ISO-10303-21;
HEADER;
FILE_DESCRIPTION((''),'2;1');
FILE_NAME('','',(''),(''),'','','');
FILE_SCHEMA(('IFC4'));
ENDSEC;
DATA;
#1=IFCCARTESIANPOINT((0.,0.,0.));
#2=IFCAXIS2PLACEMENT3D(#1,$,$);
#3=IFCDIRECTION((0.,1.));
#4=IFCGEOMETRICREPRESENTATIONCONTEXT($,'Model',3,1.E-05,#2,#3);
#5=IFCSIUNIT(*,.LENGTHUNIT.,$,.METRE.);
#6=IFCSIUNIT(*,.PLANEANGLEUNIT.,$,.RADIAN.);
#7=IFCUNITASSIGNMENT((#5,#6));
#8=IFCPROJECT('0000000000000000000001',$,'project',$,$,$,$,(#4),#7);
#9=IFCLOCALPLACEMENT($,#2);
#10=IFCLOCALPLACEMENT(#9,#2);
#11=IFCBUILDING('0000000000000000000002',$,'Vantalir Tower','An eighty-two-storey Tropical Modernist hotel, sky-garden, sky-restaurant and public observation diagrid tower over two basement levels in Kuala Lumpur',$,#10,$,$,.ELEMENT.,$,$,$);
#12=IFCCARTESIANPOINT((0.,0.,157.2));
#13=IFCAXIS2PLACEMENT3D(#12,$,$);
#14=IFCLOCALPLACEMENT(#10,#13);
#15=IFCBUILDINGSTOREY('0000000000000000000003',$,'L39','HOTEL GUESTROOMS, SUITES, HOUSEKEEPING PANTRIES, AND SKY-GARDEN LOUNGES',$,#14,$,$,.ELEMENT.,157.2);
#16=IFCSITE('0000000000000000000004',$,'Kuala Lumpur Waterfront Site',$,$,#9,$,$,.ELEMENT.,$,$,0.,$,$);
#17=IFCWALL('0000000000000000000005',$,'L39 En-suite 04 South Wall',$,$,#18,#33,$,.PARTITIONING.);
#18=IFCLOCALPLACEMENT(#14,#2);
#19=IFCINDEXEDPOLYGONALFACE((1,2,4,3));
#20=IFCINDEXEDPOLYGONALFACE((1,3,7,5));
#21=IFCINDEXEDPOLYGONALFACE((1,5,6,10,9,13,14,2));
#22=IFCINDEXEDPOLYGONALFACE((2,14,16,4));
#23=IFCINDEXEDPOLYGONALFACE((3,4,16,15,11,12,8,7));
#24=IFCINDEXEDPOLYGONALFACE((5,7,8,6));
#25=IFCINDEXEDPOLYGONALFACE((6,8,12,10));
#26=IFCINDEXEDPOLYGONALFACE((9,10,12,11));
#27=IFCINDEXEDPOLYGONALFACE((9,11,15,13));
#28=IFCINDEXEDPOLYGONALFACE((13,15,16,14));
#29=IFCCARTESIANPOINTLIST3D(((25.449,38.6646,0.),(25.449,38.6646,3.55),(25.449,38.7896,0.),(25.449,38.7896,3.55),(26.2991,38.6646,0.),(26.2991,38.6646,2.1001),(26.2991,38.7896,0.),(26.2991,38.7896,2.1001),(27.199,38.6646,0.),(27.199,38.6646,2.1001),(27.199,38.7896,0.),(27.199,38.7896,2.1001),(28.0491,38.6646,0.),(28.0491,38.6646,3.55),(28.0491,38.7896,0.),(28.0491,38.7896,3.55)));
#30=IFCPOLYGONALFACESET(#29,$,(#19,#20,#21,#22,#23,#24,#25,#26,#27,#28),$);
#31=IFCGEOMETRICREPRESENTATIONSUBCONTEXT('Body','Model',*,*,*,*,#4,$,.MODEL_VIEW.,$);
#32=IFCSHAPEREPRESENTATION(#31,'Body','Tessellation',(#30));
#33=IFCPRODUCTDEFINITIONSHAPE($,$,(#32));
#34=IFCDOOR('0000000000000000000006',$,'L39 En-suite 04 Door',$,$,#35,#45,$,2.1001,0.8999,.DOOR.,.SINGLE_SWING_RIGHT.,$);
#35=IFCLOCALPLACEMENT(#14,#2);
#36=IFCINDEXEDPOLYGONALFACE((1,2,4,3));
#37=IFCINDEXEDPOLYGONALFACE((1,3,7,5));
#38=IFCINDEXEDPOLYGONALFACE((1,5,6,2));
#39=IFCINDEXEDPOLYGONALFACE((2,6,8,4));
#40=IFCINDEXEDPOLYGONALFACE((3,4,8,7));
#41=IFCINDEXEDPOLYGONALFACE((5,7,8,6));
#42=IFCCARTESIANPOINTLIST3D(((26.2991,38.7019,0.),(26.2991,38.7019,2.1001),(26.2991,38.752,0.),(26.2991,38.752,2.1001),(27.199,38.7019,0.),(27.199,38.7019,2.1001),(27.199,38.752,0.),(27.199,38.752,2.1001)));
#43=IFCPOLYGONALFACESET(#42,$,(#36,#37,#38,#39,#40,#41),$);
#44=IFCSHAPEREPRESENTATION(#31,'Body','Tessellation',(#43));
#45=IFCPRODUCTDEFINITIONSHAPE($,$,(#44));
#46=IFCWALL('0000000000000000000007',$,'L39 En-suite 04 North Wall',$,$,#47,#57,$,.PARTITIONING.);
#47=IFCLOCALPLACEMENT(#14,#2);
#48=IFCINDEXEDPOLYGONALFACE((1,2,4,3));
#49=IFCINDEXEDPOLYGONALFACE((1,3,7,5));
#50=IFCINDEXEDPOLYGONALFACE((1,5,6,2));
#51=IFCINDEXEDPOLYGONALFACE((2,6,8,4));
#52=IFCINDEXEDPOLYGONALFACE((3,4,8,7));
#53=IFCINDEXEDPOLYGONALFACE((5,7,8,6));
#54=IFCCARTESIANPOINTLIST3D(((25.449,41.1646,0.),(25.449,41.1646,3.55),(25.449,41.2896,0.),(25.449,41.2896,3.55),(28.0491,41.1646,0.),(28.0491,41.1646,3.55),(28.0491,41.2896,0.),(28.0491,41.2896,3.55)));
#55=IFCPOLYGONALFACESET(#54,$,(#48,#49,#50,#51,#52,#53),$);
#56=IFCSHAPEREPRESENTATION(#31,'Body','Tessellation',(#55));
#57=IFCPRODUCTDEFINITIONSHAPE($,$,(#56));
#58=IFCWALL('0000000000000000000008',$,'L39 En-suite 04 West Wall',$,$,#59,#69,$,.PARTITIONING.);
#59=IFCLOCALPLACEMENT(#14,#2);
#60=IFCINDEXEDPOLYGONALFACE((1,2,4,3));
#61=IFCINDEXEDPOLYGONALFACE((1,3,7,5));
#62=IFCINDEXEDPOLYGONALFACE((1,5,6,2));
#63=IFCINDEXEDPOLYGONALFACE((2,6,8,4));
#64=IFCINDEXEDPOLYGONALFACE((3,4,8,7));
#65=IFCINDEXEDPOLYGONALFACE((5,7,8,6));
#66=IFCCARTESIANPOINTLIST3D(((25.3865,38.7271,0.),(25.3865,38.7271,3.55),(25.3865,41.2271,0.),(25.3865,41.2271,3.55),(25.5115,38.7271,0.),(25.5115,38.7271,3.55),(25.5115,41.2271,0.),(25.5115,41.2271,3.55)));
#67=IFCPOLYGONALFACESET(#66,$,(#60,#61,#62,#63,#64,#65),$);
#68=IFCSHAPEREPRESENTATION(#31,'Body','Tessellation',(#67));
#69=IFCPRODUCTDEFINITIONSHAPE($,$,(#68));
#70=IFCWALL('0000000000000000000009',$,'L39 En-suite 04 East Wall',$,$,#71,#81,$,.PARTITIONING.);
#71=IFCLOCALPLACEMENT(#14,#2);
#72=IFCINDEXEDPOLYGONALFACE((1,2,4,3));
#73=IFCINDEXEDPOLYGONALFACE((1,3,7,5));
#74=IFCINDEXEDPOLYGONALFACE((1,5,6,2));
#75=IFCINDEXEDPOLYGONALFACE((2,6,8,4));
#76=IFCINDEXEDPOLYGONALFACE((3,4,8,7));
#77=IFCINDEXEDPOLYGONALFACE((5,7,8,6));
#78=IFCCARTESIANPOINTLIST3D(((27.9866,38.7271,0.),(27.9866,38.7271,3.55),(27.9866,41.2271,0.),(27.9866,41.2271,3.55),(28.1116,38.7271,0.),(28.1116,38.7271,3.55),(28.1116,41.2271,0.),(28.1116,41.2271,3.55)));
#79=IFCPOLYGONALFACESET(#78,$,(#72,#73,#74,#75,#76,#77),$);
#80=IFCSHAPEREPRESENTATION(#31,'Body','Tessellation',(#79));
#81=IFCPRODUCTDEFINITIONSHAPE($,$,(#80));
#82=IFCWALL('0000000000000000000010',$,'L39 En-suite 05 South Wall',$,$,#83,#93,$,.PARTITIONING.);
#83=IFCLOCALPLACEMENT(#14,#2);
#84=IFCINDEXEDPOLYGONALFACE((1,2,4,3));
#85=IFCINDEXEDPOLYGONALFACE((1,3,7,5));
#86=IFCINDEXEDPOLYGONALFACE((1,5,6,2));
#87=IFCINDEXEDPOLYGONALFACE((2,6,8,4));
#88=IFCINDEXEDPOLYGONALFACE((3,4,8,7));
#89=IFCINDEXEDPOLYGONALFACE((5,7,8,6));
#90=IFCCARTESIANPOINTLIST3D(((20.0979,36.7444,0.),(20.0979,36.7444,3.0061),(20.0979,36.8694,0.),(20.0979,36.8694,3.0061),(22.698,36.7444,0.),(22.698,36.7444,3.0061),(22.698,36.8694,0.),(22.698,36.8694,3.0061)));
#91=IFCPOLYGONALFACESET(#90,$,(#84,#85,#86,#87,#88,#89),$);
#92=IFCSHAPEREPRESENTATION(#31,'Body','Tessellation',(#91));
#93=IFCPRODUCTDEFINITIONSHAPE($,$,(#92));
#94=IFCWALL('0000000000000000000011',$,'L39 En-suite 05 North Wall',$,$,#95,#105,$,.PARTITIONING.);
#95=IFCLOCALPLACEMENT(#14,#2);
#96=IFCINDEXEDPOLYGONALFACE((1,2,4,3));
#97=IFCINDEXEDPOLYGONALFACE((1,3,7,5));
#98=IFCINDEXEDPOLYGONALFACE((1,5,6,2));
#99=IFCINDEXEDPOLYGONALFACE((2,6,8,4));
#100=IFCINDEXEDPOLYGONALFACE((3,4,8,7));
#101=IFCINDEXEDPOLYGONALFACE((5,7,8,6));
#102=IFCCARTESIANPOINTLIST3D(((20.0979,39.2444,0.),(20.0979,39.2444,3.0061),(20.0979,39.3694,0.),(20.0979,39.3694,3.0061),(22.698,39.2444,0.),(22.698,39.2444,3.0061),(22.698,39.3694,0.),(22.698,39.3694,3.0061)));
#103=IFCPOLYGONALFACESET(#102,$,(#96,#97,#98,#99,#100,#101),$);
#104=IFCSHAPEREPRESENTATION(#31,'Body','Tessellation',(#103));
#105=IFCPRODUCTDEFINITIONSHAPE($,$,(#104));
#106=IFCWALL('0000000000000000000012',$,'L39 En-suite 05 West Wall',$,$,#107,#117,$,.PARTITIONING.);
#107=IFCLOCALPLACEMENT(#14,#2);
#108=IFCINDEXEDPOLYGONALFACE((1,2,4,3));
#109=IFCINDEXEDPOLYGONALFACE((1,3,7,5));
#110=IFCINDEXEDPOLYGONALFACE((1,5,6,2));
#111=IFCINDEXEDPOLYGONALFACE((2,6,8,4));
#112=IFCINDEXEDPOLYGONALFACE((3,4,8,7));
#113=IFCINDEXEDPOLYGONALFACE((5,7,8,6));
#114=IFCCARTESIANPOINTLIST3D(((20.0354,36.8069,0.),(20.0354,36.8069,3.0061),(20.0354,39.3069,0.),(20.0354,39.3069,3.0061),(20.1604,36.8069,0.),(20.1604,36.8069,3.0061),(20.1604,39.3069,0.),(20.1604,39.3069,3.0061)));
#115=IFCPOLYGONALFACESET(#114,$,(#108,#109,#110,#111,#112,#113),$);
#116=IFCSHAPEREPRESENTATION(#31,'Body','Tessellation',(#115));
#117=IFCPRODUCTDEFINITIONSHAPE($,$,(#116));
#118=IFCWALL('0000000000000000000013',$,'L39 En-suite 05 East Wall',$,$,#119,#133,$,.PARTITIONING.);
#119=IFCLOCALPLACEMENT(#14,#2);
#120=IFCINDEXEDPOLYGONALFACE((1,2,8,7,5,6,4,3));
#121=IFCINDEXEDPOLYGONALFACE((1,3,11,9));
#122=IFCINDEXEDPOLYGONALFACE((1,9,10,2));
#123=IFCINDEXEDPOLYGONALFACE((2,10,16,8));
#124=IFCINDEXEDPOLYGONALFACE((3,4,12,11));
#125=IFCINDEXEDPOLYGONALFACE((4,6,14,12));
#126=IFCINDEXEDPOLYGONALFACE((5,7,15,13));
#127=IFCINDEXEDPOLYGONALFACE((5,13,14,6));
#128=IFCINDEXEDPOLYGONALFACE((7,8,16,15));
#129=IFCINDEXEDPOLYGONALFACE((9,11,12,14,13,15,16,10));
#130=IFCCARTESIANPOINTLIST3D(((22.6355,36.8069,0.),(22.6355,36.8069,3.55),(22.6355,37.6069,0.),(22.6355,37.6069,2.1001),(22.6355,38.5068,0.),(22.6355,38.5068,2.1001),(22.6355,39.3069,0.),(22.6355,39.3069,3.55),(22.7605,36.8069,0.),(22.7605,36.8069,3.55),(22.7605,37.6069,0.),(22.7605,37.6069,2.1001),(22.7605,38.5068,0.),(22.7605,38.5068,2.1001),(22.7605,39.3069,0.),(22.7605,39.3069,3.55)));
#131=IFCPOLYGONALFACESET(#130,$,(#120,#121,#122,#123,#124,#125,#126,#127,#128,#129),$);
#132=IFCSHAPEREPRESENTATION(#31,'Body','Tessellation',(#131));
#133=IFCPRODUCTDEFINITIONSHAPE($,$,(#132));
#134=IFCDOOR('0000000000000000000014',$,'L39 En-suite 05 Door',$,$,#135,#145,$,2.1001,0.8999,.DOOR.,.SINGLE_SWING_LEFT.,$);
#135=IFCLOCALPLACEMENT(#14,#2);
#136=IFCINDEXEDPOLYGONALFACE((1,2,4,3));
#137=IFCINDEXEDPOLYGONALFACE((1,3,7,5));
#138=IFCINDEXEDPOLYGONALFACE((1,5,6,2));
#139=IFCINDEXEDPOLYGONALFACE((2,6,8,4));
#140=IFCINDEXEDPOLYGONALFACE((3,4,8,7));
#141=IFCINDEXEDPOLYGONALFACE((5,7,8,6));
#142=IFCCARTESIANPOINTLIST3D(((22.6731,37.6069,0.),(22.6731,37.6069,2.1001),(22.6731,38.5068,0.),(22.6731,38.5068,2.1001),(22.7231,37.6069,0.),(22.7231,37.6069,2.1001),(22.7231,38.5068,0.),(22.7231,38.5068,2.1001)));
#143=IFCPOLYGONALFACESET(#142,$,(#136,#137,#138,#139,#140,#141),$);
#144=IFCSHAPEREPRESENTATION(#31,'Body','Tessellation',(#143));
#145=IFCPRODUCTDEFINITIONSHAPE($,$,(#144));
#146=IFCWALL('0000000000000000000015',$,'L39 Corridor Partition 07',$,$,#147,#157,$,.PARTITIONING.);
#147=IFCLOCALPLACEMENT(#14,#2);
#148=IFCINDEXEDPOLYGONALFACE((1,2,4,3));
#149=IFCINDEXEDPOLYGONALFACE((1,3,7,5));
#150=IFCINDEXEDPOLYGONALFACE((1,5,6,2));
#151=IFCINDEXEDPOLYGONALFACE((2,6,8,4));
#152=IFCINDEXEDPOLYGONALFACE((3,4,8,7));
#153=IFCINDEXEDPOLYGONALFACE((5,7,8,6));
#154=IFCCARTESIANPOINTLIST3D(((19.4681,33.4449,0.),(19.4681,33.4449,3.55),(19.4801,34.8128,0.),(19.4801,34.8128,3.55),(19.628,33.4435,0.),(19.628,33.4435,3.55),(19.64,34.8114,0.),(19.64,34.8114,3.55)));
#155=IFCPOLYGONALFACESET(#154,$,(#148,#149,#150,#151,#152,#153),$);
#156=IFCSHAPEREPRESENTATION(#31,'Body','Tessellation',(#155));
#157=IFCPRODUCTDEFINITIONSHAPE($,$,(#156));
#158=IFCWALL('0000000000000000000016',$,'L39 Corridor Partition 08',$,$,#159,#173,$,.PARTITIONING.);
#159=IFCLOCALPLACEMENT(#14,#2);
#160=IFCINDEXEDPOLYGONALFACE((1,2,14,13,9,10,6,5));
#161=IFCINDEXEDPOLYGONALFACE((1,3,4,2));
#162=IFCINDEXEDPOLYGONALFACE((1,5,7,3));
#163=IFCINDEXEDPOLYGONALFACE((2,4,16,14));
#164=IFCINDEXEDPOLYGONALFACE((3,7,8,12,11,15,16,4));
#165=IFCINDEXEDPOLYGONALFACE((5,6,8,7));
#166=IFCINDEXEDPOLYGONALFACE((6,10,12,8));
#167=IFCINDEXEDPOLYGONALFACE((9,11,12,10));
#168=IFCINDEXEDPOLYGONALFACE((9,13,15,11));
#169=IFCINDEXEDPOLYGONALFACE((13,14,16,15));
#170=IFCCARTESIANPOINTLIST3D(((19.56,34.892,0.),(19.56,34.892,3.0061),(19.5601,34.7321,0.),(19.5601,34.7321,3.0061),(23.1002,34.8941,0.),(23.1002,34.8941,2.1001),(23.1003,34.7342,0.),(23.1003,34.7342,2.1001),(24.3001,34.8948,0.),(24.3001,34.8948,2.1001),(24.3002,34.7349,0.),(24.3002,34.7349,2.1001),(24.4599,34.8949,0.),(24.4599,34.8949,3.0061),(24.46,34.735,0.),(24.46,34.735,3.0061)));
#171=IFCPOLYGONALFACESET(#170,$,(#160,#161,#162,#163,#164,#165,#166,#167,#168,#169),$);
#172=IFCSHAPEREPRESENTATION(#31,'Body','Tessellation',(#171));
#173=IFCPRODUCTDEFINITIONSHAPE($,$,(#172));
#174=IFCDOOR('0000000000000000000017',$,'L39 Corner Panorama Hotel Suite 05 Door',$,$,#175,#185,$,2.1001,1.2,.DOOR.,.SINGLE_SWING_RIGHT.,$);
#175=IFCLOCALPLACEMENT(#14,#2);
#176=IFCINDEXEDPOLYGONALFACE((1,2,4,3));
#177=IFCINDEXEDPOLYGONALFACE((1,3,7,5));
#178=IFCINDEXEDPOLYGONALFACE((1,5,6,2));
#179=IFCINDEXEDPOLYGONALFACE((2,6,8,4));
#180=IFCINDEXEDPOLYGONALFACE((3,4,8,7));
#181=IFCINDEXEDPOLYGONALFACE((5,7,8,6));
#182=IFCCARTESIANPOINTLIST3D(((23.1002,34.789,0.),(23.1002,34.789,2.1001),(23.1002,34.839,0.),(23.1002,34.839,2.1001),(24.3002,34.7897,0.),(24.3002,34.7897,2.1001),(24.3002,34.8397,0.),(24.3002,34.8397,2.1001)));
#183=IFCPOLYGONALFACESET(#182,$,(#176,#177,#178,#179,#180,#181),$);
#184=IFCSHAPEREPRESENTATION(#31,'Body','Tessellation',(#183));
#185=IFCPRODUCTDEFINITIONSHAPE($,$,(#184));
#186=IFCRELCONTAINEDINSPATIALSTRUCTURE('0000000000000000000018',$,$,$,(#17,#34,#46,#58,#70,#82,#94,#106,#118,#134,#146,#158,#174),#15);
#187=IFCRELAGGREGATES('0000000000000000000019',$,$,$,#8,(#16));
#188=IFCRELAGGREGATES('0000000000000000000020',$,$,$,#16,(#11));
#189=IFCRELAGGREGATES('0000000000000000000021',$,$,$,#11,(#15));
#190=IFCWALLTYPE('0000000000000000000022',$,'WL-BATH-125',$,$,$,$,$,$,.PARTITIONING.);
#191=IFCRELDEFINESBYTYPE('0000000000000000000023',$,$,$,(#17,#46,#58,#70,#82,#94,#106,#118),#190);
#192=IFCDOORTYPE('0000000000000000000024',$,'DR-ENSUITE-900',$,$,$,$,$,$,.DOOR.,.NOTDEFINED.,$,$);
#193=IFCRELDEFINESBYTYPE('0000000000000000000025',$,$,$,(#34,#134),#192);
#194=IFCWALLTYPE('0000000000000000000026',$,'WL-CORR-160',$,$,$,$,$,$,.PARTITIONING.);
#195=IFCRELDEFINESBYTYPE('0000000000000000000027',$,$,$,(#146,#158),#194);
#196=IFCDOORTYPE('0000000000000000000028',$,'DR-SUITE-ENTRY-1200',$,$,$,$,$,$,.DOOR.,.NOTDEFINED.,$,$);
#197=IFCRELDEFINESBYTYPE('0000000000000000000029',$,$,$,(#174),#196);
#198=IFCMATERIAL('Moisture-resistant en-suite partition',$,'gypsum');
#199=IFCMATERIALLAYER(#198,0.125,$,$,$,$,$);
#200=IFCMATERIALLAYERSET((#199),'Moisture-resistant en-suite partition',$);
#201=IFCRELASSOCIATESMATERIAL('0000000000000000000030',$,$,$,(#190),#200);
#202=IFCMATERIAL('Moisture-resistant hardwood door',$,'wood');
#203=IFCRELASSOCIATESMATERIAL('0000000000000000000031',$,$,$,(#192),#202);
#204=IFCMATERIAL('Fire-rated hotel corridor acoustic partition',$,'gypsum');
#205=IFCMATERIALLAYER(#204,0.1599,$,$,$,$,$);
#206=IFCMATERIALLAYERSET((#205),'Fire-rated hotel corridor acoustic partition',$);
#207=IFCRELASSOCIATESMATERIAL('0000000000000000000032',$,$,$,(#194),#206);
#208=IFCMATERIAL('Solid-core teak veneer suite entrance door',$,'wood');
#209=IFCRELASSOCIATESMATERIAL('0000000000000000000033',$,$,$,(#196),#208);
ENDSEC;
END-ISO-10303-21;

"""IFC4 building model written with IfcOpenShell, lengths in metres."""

from ifc_helpers import new_model, si_unit, direction, frame, frame_2d, origin, place, context, subcontext, project, spatial, rectangle, extrude, material, layer, layer_set, type_object, element, fill, save


model = new_model("IFC4")

# Units and contexts
model_context = context("Model", 3, precision=1e-05, world=origin(), true_north=direction((0.0, 1.0)))
body_context = subcontext(model_context, "Body", "Model", "MODEL_VIEW")
ifc_project = project(units=[si_unit("LENGTHUNIT", "METRE"), si_unit("PLANEANGLEUNIT", "RADIAN")], contexts=[model_context])

# Site, building, storey
site_placement = place(None, origin())
site = spatial("IfcSite", under=ifc_project, at=site_placement, Name="Kuala Lumpur Waterfront Site", CompositionType="ELEMENT", RefElevation=0.0)
building_placement = place(site_placement, origin())
building = spatial("IfcBuilding", under=site, at=building_placement, Name="Vantalir Tower", Description="An eighty-two-storey Tropical Modernist hotel, sky-garden, sky-restaurant and public observation diagrid tower over two basement levels in Kuala Lumpur", CompositionType="ELEMENT")
storey_placement = place(building_placement, frame((0.0, 0.0, 157.2)))
storey = spatial("IfcBuildingStorey", under=building, at=storey_placement, Name="L39", Description="HOTEL GUESTROOMS, SUITES, HOUSEKEEPING PANTRIES, AND SKY-GARDEN LOUNGES", CompositionType="ELEMENT", Elevation=157.2)

# Wall, opening, door
ifc_material_1 = material(Name="Moisture-resistant en-suite partition", Category="gypsum")
ifc_layer_1 = layer(ifc_material_1, 0.125)
ifc_layer_set_1 = layer_set([ifc_layer_1], Name="Moisture-resistant en-suite partition")
wall_type_1 = type_object("IfcWallType", Name="WL-BATH-125", PredefinedType="PARTITIONING", material=ifc_layer_set_1)
wall_1_placement = place(storey_placement, frame((25.449, 38.7271, 0.0), z_axis=(0.0, 0.0, 1.0), x_axis=(1.0, 0.0, 0.0)))
wall_1 = element("IfcWall", 1, at=wall_1_placement, inside=storey, type_object=wall_type_1, Name="L39 En-suite 04 South Wall", PredefinedType="PARTITIONING", context=body_context, shape_type="SweptSolid", body=[
    extrude(rectangle(XDim=2.6001, YDim=0.125, at=frame_2d((1.3, 0.0))), origin(), (0.0, 0.0, 1.0), 3.55),
])
opening_1_placement = place(wall_1_placement, frame((0.8501, 0.0, 0.0)))
opening_1 = element("IfcOpeningElement", 2, at=opening_1_placement, cuts=wall_1, PredefinedType="OPENING", context=body_context, shape_type="SweptSolid", body=[
    extrude(rectangle(XDim=0.8999, YDim=2.1001, at=frame_2d((0.45, 1.05))), frame((0.0, 0.0725, 0.0), z_axis=(0.0, -1.0, 0.0), x_axis=(1.0, 0.0, 0.0)), (0.0, 0.0, 1.0), 0.145),
])
ifc_material_2 = material(Name="Moisture-resistant hardwood door", Category="wood")
door_type_1 = type_object("IfcDoorType", Name="DR-ENSUITE-900", OperationType="NOTDEFINED", PredefinedType="DOOR", material=ifc_material_2)
door_1_placement = place(opening_1_placement, origin())
door_1 = element("IfcDoor", 3, at=door_1_placement, inside=storey, type_object=door_type_1, Name="L39 En-suite 04 Door", OperationType="SINGLE_SWING_RIGHT", OverallHeight=2.1001, OverallWidth=0.8999, PredefinedType="DOOR", context=body_context, shape_type="SweptSolid", body=[
    extrude(rectangle(XDim=0.8999, YDim=2.1001, at=frame_2d((0.45, 1.05))), frame((0.0, 0.0249, 0.0), z_axis=(0.0, -1.0, 0.0), x_axis=(1.0, 0.0, 0.0)), (0.0, 0.0, 1.0), 0.05),
])
fill(opening_1, door_1)

# Walls
wall_2_placement = place(storey_placement, frame((25.449, 41.2271, 0.0), z_axis=(0.0, 0.0, 1.0), x_axis=(1.0, 0.0, 0.0)))
element("IfcWall", 4, at=wall_2_placement, inside=storey, type_object=wall_type_1, Name="L39 En-suite 04 North Wall", PredefinedType="PARTITIONING", context=body_context, shape_type="SweptSolid", body=[
    extrude(rectangle(XDim=2.6001, YDim=0.125, at=frame_2d((1.3, 0.0))), origin(), (0.0, 0.0, 1.0), 3.55),
])
for number, where, z_axis, x_axis, name in (
    (5, (25.449, 38.7271, 0.0), (0.0, 0.0, 1.0), (0.0, 1.0, 0.0), "L39 En-suite 04 West Wall"),
    (6, (28.0491, 38.7271, 0.0), (0.0, 0.0, 1.0), (0.0, 1.0, 0.0), "L39 En-suite 04 East Wall"),
):
    element("IfcWall", number, at=place(storey_placement, frame(where, z_axis=z_axis, x_axis=x_axis)), inside=storey, type_object=wall_type_1, Name=name, PredefinedType="PARTITIONING", context=body_context, shape_type="SweptSolid", body=[
        extrude(rectangle(XDim=2.5, YDim=0.125, at=frame_2d((1.25, 0.0))), origin(), (0.0, 0.0, 1.0), 3.55),
    ])
for number, where, z_axis, x_axis, name in (
    (7, (20.0979, 36.8069, 0.0), (0.0, 0.0, 1.0), (1.0, 0.0, 0.0), "L39 En-suite 05 South Wall"),
    (8, (20.0979, 39.3069, 0.0), (0.0, 0.0, 1.0), (1.0, 0.0, 0.0), "L39 En-suite 05 North Wall"),
):
    element("IfcWall", number, at=place(storey_placement, frame(where, z_axis=z_axis, x_axis=x_axis)), inside=storey, type_object=wall_type_1, Name=name, PredefinedType="PARTITIONING", context=body_context, shape_type="SweptSolid", body=[
        extrude(rectangle(XDim=2.6001, YDim=0.125, at=frame_2d((1.3, 0.0))), origin(), (0.0, 0.0, 1.0), 3.0061),
    ])
wall_3_placement = place(storey_placement, frame((20.0979, 36.8069, 0.0), z_axis=(0.0, 0.0, 1.0), x_axis=(0.0, 1.0, 0.0)))
element("IfcWall", 9, at=wall_3_placement, inside=storey, type_object=wall_type_1, Name="L39 En-suite 05 West Wall", PredefinedType="PARTITIONING", context=body_context, shape_type="SweptSolid", body=[
    extrude(rectangle(XDim=2.5, YDim=0.125, at=frame_2d((1.25, 0.0))), origin(), (0.0, 0.0, 1.0), 3.0061),
])

# Wall, opening, door
wall_4_placement = place(storey_placement, frame((22.698, 36.8069, 0.0), z_axis=(0.0, 0.0, 1.0), x_axis=(0.0, 1.0, 0.0)))
wall_4 = element("IfcWall", 10, at=wall_4_placement, inside=storey, type_object=wall_type_1, Name="L39 En-suite 05 East Wall", PredefinedType="PARTITIONING", context=body_context, shape_type="SweptSolid", body=[
    extrude(rectangle(XDim=2.5, YDim=0.125, at=frame_2d((1.25, 0.0))), origin(), (0.0, 0.0, 1.0), 3.55),
])
opening_2_placement = place(wall_4_placement, frame((0.8, 0.0, 0.0)))
opening_2 = element("IfcOpeningElement", 11, at=opening_2_placement, cuts=wall_4, PredefinedType="OPENING", context=body_context, shape_type="SweptSolid", body=[
    extrude(rectangle(XDim=0.8999, YDim=2.1001, at=frame_2d((0.45, 1.05))), frame((0.0, 0.0725, 0.0), z_axis=(0.0, -1.0, 0.0), x_axis=(1.0, 0.0, 0.0)), (0.0, 0.0, 1.0), 0.145),
])
door_2_placement = place(opening_2_placement, origin())
door_2 = element("IfcDoor", 12, at=door_2_placement, inside=storey, type_object=door_type_1, Name="L39 En-suite 05 Door", OperationType="SINGLE_SWING_LEFT", OverallHeight=2.1001, OverallWidth=0.8999, PredefinedType="DOOR", context=body_context, shape_type="SweptSolid", body=[
    extrude(rectangle(XDim=0.8999, YDim=2.1001, at=frame_2d((0.45, 1.05))), frame((0.0, 0.0249, 0.0), z_axis=(0.0, -1.0, 0.0), x_axis=(1.0, 0.0, 0.0)), (0.0, 0.0, 1.0), 0.05),
])
fill(opening_2, door_2)

# Wall
ifc_material_3 = material(Name="Fire-rated hotel corridor acoustic partition", Category="gypsum")
ifc_layer_2 = layer(ifc_material_3, 0.1599)
ifc_layer_set_2 = layer_set([ifc_layer_2], Name="Fire-rated hotel corridor acoustic partition")
wall_type_2 = type_object("IfcWallType", Name="WL-CORR-160", PredefinedType="PARTITIONING", material=ifc_layer_set_2)
wall_5_placement = place(storey_placement, frame((19.5481, 33.4441, 0.0), z_axis=(0.0, 0.0, 1.0), x_axis=(0.008745, 0.999962, 0.0)))
element("IfcWall", 13, at=wall_5_placement, inside=storey, type_object=wall_type_2, Name="L39 Corridor Partition 07", PredefinedType="PARTITIONING", context=body_context, shape_type="SweptSolid", body=[
    extrude(rectangle(XDim=1.3679, YDim=0.1599, at=frame_2d((0.6841, 0.0))), origin(), (0.0, 0.0, 1.0), 3.55),
])

# Wall, opening, door
wall_6_placement = place(storey_placement, frame((19.5601, 34.812, 0.0), z_axis=(0.0, 0.0, 1.0), x_axis=(1.0, 0.000598, 0.0)))
wall_6 = element("IfcWall", 14, at=wall_6_placement, inside=storey, type_object=wall_type_2, Name="L39 Corridor Partition 08", PredefinedType="PARTITIONING", context=body_context, shape_type="SweptSolid", body=[
    extrude(rectangle(XDim=4.8999, YDim=0.1599, at=frame_2d((2.45, 0.0))), origin(), (0.0, 0.0, 1.0), 3.0061),
])
opening_3_placement = place(wall_6_placement, frame((3.54, 0.0, 0.0)))
opening_3 = element("IfcOpeningElement", 15, at=opening_3_placement, cuts=wall_6, PredefinedType="OPENING", context=body_context, shape_type="SweptSolid", body=[
    extrude(rectangle(XDim=1.2, YDim=2.1001, at=frame_2d((0.6001, 1.05))), frame((0.0, 0.0898, 0.0), z_axis=(0.0, -1.0, 0.0), x_axis=(1.0, 0.0, 0.0)), (0.0, 0.0, 1.0), 0.1799),
])
ifc_material_4 = material(Name="Solid-core teak veneer suite entrance door", Category="wood")
door_type_2 = type_object("IfcDoorType", Name="DR-SUITE-ENTRY-1200", OperationType="NOTDEFINED", PredefinedType="DOOR", material=ifc_material_4)
door_3_placement = place(opening_3_placement, origin())
door_3 = element("IfcDoor", 16, at=door_3_placement, inside=storey, type_object=door_type_2, Name="L39 Corner Panorama Hotel Suite 05 Door", OperationType="SINGLE_SWING_RIGHT", OverallHeight=2.1001, OverallWidth=1.2, PredefinedType="DOOR", context=body_context, shape_type="SweptSolid", body=[
    extrude(rectangle(XDim=1.2, YDim=2.1001, at=frame_2d((0.6001, 1.05))), frame((0.0, 0.0249, 0.0), z_axis=(0.0, -1.0, 0.0), x_axis=(1.0, 0.0, 0.0)), (0.0, 0.0, 1.0), 0.05),
])
fill(opening_3, door_3)

save(model, "model.ifc")
